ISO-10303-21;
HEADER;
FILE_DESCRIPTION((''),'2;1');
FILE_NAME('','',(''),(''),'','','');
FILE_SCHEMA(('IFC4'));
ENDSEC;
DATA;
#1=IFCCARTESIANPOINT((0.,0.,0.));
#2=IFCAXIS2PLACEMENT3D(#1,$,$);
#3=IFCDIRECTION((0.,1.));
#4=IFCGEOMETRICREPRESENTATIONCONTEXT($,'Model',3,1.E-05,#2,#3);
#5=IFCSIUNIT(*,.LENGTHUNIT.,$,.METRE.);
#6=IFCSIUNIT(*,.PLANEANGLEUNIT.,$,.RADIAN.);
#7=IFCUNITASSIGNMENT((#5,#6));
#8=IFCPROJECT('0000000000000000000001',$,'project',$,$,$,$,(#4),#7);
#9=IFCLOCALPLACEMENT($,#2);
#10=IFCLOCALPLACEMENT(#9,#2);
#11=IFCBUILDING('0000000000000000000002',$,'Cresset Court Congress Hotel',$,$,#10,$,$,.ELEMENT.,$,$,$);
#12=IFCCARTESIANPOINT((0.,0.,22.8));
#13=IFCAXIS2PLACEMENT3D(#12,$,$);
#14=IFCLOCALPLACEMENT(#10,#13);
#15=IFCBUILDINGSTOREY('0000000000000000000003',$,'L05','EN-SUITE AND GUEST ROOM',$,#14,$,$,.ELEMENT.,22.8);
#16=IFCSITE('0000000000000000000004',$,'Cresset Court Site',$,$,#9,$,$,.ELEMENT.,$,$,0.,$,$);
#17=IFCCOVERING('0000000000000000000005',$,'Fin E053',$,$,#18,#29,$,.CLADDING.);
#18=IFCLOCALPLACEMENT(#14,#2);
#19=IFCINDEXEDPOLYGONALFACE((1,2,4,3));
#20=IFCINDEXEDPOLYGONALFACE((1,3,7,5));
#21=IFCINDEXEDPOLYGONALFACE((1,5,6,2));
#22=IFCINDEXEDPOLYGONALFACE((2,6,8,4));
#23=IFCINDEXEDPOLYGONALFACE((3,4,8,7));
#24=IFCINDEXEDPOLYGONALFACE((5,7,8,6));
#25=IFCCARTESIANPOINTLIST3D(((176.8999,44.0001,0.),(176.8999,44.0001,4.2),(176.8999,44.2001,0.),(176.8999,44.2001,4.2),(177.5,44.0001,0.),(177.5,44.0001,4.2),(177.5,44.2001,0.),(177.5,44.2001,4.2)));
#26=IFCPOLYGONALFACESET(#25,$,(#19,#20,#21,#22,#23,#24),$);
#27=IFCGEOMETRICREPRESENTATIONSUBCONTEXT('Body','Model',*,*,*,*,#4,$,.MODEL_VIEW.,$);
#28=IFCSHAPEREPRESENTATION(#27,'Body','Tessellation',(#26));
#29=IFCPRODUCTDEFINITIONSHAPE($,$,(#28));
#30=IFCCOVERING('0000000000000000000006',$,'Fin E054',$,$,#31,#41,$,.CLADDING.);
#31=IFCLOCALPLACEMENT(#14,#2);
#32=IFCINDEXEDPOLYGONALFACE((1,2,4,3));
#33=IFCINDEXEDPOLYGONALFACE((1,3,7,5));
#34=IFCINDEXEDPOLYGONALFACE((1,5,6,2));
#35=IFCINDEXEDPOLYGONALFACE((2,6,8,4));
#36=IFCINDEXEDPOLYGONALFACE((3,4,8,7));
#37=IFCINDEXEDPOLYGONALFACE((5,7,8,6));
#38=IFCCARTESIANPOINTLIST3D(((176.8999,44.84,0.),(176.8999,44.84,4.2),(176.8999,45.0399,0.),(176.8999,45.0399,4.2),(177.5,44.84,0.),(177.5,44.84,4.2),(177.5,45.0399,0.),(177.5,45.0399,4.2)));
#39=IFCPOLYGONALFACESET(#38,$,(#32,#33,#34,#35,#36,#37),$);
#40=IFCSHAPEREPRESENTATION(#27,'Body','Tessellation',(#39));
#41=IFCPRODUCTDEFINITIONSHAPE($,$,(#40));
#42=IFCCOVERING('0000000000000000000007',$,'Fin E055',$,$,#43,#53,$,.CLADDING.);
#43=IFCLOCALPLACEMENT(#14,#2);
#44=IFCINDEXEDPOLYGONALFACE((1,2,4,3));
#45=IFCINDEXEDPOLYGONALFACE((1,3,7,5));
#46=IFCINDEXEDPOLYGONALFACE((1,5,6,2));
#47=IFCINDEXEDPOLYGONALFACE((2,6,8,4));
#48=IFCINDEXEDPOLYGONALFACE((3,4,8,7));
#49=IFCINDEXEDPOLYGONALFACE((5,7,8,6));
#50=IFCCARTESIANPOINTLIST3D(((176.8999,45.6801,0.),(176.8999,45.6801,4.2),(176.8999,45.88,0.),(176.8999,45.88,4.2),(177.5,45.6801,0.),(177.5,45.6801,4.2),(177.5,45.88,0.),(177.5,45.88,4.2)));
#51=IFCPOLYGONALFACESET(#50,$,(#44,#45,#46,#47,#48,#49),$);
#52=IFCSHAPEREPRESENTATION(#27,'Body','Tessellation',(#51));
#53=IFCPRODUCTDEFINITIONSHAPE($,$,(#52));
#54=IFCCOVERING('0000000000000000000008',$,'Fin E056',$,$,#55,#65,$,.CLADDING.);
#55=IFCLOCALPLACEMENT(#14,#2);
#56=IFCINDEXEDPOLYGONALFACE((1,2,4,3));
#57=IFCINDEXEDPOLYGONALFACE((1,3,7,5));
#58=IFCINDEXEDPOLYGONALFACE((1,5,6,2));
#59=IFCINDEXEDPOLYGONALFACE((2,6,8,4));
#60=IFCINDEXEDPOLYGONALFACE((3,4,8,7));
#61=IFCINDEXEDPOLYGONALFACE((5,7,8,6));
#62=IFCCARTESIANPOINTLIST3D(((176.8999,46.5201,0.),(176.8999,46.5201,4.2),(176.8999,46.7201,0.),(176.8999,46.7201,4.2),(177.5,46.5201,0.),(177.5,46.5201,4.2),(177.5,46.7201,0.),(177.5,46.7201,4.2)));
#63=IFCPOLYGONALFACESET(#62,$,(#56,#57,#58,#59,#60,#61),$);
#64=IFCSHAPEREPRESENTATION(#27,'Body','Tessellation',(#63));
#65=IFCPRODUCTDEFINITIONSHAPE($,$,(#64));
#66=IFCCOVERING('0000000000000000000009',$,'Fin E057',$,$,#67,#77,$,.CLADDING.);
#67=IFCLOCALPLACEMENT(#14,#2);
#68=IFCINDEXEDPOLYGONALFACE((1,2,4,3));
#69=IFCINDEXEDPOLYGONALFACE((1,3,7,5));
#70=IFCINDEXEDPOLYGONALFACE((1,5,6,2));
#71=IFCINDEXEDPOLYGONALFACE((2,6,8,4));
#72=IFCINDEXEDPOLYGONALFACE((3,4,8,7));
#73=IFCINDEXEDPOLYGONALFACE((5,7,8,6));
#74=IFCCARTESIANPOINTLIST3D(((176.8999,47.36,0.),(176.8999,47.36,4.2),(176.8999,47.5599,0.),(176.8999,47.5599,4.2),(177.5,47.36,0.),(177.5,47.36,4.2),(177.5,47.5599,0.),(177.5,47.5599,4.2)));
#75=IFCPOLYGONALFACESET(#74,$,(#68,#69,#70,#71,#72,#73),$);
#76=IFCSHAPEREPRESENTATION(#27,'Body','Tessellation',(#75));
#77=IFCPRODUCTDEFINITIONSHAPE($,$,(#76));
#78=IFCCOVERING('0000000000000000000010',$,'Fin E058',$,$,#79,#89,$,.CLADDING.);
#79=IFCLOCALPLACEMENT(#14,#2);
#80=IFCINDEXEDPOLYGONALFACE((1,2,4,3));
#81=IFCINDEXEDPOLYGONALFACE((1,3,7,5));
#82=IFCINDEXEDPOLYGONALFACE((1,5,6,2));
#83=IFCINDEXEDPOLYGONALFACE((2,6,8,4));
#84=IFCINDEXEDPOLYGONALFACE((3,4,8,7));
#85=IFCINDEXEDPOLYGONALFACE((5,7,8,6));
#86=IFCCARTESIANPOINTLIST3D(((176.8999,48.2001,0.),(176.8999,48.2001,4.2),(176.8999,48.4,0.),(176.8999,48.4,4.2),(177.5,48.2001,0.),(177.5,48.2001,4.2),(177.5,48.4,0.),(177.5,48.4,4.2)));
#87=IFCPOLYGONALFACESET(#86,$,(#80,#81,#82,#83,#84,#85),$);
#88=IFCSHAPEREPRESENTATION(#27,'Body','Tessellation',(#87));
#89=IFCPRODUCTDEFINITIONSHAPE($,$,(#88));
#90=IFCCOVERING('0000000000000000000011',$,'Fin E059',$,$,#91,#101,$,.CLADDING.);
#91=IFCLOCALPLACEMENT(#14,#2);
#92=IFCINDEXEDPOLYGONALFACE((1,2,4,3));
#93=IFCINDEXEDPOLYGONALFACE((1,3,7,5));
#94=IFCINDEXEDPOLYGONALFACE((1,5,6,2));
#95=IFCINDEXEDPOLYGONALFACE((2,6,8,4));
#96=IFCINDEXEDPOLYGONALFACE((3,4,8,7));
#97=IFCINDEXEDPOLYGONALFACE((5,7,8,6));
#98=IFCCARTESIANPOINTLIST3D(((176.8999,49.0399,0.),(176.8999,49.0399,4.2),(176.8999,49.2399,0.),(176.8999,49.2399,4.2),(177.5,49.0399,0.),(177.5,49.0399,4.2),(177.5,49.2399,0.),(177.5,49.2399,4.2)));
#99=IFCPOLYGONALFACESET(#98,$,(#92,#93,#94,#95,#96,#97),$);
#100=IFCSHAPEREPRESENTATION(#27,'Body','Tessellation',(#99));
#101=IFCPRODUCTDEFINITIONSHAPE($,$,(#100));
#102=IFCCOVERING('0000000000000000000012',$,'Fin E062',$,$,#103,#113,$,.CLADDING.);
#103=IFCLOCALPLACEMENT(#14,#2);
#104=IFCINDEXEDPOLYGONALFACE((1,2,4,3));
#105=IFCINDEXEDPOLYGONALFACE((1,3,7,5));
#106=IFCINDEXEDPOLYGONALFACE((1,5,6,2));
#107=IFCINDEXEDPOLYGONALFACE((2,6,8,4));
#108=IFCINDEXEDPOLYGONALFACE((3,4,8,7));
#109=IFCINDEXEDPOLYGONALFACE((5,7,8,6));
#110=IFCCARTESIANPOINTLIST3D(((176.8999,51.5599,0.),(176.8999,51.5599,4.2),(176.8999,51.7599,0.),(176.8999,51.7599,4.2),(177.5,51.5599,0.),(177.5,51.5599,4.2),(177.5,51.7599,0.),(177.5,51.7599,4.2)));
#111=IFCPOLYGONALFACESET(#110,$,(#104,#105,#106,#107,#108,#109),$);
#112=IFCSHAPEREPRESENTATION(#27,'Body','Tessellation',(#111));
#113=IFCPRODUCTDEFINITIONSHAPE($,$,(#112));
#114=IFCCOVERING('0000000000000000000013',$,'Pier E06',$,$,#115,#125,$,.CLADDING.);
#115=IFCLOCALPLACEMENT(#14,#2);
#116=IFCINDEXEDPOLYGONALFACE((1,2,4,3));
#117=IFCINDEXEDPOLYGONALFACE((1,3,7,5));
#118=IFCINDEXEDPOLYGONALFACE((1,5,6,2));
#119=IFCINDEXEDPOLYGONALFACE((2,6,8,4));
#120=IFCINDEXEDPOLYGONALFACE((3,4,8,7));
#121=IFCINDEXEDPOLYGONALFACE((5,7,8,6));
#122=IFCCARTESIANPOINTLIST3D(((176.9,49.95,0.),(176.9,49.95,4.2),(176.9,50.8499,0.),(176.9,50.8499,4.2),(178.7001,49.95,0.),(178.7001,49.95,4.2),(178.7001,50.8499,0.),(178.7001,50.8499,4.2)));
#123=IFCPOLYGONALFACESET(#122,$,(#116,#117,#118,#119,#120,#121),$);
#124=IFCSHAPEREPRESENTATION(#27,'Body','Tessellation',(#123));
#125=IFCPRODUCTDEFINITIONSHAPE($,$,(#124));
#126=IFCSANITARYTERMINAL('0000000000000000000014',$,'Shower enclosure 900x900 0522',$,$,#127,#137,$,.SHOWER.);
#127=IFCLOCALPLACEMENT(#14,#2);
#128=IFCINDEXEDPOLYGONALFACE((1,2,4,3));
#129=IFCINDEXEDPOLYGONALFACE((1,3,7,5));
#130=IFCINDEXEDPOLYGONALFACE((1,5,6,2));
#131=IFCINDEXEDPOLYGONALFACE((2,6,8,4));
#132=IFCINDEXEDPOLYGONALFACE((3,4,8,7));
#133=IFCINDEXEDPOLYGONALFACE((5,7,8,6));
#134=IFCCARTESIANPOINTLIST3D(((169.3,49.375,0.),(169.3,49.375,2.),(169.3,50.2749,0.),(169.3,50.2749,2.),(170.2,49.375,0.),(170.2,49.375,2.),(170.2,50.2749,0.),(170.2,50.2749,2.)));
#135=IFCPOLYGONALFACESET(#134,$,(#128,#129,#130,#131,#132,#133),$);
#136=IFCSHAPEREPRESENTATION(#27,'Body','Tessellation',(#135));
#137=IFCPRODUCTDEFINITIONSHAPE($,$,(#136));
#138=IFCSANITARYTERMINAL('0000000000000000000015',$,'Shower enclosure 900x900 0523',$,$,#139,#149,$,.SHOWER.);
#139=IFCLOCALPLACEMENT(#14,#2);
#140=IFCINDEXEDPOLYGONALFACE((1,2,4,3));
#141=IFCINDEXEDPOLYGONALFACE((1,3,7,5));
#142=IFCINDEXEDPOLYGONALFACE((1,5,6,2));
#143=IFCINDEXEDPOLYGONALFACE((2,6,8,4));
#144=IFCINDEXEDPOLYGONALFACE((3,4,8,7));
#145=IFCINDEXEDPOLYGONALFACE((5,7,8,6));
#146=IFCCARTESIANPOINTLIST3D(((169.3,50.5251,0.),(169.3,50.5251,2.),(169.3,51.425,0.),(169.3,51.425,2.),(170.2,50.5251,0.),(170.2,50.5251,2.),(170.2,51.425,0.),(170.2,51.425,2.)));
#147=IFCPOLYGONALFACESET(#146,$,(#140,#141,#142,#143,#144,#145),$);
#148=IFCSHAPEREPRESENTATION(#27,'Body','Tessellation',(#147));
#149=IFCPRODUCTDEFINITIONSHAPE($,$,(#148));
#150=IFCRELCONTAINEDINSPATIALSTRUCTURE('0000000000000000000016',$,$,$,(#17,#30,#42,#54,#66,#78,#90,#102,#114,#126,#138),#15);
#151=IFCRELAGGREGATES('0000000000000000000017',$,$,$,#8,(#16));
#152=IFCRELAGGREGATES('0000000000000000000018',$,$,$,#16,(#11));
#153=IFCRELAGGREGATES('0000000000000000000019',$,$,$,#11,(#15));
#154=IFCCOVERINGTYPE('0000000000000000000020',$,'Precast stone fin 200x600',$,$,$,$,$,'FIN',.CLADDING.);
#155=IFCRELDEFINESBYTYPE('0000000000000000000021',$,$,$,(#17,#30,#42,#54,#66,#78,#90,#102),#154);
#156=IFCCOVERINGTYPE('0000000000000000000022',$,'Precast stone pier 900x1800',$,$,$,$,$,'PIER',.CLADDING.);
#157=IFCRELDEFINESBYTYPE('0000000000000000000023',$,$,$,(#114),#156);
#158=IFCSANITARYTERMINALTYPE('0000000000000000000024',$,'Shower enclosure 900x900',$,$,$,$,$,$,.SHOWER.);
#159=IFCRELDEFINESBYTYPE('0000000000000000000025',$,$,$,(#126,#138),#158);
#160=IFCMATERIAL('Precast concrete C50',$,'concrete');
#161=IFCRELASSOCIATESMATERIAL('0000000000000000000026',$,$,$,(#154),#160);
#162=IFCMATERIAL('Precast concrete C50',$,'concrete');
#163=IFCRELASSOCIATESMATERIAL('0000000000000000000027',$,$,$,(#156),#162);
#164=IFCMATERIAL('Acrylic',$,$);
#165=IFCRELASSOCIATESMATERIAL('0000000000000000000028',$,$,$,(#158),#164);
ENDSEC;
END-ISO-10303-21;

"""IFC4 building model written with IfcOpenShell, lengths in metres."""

from ifc_helpers import new_model, si_unit, direction, frame, origin, origin_2d, place, context, subcontext, project, spatial, rectangle, extrude, material, type_object, element, save


model = new_model("IFC4")

# Units and contexts
model_context = context("Model", 3, precision=1e-05, world=origin(), true_north=direction((0.0, 1.0)))
body_context = subcontext(model_context, "Body", "Model", "MODEL_VIEW")
ifc_project = project(units=[si_unit("LENGTHUNIT", "METRE"), si_unit("PLANEANGLEUNIT", "RADIAN")], contexts=[model_context])

# Site, building, storey
site_placement = place(None, origin())
site = spatial("IfcSite", under=ifc_project, at=site_placement, Name="Cresset Court Site", CompositionType="ELEMENT", RefElevation=0.0)
building_placement = place(site_placement, origin())
building = spatial("IfcBuilding", under=site, at=building_placement, Name="Cresset Court Congress Hotel", CompositionType="ELEMENT")
storey_placement = place(building_placement, frame((0.0, 0.0, 22.8)))
storey = spatial("IfcBuildingStorey", under=building, at=storey_placement, Name="L05", Description="EN-SUITE AND GUEST ROOM", CompositionType="ELEMENT", Elevation=22.8)

# Coverings
ifc_material_1 = material(Name="Precast concrete C50", Category="concrete")
covering_type_1 = type_object("IfcCoveringType", Name="Precast stone fin 200x600", ElementType="FIN", PredefinedType="CLADDING", material=ifc_material_1)
for number, where, z_axis, x_axis, name in (
    (1, (177.2, 44.1001, 0.0), (0.0, 0.0, 1.0), (1.0, 0.0, 0.0), "Fin E053"),
    (2, (177.2, 44.9399, 0.0), (0.0, 0.0, 1.0), (1.0, 0.0, 0.0), "Fin E054"),
    (3, (177.2, 45.78, 0.0), (0.0, 0.0, 1.0), (1.0, 0.0, 0.0), "Fin E055"),
    (4, (177.2, 46.6201, 0.0), (0.0, 0.0, 1.0), (1.0, 0.0, 0.0), "Fin E056"),
    (5, (177.2, 47.46, 0.0), (0.0, 0.0, 1.0), (1.0, 0.0, 0.0), "Fin E057"),
    (6, (177.2, 48.3, 0.0), (0.0, 0.0, 1.0), (1.0, 0.0, 0.0), "Fin E058"),
    (7, (177.2, 49.1399, 0.0), (0.0, 0.0, 1.0), (1.0, 0.0, 0.0), "Fin E059"),
    (8, (177.2, 51.6599, 0.0), (0.0, 0.0, 1.0), (1.0, 0.0, 0.0), "Fin E062"),
):
    element("IfcCovering", number, at=place(storey_placement, frame(where, z_axis=z_axis, x_axis=x_axis)), inside=storey, type_object=covering_type_1, Name=name, PredefinedType="CLADDING", context=body_context, shape_type="SweptSolid", body=[
        extrude(rectangle(XDim=0.6001, YDim=0.2, at=origin_2d()), origin(), (0.0, 0.0, 1.0), 4.2),
    ])
ifc_material_2 = material(Name="Precast concrete C50", Category="concrete")
covering_type_2 = type_object("IfcCoveringType", Name="Precast stone pier 900x1800", ElementType="PIER", PredefinedType="CLADDING", material=ifc_material_2)
covering_placement = place(storey_placement, frame((177.8, 50.3999, 0.0), z_axis=(0.0, 0.0, 1.0), x_axis=(1.0, 0.0, 0.0)))
element("IfcCovering", 9, at=covering_placement, inside=storey, type_object=covering_type_2, Name="Pier E06", PredefinedType="CLADDING", context=body_context, shape_type="SweptSolid", body=[
    extrude(rectangle(XDim=1.8, YDim=0.8999, at=origin_2d()), origin(), (0.0, 0.0, 1.0), 4.2),
])

# Sanitary terminals
ifc_material_3 = material(Name="Acrylic")
sanitary_terminal_type = type_object("IfcSanitaryTerminalType", Name="Shower enclosure 900x900", PredefinedType="SHOWER", material=ifc_material_3)
for number, where, z_axis, x_axis, name in (
    (10, (169.75, 49.825, 0.0), (0.0, 0.0, 1.0), (1.0, 0.0, 0.0), "Shower enclosure 900x900 0522"),
    (11, (169.75, 50.9751, 0.0), (0.0, 0.0, 1.0), (1.0, 0.0, 0.0), "Shower enclosure 900x900 0523"),
):
    element("IfcSanitaryTerminal", number, at=place(storey_placement, frame(where, z_axis=z_axis, x_axis=x_axis)), inside=storey, type_object=sanitary_terminal_type, Name=name, PredefinedType="SHOWER", context=body_context, shape_type="SweptSolid", body=[
        extrude(rectangle(XDim=0.8999, YDim=0.8999, at=origin_2d()), origin(), (0.0, 0.0, 1.0), 2.0),
    ])

save(model, "model.ifc")
